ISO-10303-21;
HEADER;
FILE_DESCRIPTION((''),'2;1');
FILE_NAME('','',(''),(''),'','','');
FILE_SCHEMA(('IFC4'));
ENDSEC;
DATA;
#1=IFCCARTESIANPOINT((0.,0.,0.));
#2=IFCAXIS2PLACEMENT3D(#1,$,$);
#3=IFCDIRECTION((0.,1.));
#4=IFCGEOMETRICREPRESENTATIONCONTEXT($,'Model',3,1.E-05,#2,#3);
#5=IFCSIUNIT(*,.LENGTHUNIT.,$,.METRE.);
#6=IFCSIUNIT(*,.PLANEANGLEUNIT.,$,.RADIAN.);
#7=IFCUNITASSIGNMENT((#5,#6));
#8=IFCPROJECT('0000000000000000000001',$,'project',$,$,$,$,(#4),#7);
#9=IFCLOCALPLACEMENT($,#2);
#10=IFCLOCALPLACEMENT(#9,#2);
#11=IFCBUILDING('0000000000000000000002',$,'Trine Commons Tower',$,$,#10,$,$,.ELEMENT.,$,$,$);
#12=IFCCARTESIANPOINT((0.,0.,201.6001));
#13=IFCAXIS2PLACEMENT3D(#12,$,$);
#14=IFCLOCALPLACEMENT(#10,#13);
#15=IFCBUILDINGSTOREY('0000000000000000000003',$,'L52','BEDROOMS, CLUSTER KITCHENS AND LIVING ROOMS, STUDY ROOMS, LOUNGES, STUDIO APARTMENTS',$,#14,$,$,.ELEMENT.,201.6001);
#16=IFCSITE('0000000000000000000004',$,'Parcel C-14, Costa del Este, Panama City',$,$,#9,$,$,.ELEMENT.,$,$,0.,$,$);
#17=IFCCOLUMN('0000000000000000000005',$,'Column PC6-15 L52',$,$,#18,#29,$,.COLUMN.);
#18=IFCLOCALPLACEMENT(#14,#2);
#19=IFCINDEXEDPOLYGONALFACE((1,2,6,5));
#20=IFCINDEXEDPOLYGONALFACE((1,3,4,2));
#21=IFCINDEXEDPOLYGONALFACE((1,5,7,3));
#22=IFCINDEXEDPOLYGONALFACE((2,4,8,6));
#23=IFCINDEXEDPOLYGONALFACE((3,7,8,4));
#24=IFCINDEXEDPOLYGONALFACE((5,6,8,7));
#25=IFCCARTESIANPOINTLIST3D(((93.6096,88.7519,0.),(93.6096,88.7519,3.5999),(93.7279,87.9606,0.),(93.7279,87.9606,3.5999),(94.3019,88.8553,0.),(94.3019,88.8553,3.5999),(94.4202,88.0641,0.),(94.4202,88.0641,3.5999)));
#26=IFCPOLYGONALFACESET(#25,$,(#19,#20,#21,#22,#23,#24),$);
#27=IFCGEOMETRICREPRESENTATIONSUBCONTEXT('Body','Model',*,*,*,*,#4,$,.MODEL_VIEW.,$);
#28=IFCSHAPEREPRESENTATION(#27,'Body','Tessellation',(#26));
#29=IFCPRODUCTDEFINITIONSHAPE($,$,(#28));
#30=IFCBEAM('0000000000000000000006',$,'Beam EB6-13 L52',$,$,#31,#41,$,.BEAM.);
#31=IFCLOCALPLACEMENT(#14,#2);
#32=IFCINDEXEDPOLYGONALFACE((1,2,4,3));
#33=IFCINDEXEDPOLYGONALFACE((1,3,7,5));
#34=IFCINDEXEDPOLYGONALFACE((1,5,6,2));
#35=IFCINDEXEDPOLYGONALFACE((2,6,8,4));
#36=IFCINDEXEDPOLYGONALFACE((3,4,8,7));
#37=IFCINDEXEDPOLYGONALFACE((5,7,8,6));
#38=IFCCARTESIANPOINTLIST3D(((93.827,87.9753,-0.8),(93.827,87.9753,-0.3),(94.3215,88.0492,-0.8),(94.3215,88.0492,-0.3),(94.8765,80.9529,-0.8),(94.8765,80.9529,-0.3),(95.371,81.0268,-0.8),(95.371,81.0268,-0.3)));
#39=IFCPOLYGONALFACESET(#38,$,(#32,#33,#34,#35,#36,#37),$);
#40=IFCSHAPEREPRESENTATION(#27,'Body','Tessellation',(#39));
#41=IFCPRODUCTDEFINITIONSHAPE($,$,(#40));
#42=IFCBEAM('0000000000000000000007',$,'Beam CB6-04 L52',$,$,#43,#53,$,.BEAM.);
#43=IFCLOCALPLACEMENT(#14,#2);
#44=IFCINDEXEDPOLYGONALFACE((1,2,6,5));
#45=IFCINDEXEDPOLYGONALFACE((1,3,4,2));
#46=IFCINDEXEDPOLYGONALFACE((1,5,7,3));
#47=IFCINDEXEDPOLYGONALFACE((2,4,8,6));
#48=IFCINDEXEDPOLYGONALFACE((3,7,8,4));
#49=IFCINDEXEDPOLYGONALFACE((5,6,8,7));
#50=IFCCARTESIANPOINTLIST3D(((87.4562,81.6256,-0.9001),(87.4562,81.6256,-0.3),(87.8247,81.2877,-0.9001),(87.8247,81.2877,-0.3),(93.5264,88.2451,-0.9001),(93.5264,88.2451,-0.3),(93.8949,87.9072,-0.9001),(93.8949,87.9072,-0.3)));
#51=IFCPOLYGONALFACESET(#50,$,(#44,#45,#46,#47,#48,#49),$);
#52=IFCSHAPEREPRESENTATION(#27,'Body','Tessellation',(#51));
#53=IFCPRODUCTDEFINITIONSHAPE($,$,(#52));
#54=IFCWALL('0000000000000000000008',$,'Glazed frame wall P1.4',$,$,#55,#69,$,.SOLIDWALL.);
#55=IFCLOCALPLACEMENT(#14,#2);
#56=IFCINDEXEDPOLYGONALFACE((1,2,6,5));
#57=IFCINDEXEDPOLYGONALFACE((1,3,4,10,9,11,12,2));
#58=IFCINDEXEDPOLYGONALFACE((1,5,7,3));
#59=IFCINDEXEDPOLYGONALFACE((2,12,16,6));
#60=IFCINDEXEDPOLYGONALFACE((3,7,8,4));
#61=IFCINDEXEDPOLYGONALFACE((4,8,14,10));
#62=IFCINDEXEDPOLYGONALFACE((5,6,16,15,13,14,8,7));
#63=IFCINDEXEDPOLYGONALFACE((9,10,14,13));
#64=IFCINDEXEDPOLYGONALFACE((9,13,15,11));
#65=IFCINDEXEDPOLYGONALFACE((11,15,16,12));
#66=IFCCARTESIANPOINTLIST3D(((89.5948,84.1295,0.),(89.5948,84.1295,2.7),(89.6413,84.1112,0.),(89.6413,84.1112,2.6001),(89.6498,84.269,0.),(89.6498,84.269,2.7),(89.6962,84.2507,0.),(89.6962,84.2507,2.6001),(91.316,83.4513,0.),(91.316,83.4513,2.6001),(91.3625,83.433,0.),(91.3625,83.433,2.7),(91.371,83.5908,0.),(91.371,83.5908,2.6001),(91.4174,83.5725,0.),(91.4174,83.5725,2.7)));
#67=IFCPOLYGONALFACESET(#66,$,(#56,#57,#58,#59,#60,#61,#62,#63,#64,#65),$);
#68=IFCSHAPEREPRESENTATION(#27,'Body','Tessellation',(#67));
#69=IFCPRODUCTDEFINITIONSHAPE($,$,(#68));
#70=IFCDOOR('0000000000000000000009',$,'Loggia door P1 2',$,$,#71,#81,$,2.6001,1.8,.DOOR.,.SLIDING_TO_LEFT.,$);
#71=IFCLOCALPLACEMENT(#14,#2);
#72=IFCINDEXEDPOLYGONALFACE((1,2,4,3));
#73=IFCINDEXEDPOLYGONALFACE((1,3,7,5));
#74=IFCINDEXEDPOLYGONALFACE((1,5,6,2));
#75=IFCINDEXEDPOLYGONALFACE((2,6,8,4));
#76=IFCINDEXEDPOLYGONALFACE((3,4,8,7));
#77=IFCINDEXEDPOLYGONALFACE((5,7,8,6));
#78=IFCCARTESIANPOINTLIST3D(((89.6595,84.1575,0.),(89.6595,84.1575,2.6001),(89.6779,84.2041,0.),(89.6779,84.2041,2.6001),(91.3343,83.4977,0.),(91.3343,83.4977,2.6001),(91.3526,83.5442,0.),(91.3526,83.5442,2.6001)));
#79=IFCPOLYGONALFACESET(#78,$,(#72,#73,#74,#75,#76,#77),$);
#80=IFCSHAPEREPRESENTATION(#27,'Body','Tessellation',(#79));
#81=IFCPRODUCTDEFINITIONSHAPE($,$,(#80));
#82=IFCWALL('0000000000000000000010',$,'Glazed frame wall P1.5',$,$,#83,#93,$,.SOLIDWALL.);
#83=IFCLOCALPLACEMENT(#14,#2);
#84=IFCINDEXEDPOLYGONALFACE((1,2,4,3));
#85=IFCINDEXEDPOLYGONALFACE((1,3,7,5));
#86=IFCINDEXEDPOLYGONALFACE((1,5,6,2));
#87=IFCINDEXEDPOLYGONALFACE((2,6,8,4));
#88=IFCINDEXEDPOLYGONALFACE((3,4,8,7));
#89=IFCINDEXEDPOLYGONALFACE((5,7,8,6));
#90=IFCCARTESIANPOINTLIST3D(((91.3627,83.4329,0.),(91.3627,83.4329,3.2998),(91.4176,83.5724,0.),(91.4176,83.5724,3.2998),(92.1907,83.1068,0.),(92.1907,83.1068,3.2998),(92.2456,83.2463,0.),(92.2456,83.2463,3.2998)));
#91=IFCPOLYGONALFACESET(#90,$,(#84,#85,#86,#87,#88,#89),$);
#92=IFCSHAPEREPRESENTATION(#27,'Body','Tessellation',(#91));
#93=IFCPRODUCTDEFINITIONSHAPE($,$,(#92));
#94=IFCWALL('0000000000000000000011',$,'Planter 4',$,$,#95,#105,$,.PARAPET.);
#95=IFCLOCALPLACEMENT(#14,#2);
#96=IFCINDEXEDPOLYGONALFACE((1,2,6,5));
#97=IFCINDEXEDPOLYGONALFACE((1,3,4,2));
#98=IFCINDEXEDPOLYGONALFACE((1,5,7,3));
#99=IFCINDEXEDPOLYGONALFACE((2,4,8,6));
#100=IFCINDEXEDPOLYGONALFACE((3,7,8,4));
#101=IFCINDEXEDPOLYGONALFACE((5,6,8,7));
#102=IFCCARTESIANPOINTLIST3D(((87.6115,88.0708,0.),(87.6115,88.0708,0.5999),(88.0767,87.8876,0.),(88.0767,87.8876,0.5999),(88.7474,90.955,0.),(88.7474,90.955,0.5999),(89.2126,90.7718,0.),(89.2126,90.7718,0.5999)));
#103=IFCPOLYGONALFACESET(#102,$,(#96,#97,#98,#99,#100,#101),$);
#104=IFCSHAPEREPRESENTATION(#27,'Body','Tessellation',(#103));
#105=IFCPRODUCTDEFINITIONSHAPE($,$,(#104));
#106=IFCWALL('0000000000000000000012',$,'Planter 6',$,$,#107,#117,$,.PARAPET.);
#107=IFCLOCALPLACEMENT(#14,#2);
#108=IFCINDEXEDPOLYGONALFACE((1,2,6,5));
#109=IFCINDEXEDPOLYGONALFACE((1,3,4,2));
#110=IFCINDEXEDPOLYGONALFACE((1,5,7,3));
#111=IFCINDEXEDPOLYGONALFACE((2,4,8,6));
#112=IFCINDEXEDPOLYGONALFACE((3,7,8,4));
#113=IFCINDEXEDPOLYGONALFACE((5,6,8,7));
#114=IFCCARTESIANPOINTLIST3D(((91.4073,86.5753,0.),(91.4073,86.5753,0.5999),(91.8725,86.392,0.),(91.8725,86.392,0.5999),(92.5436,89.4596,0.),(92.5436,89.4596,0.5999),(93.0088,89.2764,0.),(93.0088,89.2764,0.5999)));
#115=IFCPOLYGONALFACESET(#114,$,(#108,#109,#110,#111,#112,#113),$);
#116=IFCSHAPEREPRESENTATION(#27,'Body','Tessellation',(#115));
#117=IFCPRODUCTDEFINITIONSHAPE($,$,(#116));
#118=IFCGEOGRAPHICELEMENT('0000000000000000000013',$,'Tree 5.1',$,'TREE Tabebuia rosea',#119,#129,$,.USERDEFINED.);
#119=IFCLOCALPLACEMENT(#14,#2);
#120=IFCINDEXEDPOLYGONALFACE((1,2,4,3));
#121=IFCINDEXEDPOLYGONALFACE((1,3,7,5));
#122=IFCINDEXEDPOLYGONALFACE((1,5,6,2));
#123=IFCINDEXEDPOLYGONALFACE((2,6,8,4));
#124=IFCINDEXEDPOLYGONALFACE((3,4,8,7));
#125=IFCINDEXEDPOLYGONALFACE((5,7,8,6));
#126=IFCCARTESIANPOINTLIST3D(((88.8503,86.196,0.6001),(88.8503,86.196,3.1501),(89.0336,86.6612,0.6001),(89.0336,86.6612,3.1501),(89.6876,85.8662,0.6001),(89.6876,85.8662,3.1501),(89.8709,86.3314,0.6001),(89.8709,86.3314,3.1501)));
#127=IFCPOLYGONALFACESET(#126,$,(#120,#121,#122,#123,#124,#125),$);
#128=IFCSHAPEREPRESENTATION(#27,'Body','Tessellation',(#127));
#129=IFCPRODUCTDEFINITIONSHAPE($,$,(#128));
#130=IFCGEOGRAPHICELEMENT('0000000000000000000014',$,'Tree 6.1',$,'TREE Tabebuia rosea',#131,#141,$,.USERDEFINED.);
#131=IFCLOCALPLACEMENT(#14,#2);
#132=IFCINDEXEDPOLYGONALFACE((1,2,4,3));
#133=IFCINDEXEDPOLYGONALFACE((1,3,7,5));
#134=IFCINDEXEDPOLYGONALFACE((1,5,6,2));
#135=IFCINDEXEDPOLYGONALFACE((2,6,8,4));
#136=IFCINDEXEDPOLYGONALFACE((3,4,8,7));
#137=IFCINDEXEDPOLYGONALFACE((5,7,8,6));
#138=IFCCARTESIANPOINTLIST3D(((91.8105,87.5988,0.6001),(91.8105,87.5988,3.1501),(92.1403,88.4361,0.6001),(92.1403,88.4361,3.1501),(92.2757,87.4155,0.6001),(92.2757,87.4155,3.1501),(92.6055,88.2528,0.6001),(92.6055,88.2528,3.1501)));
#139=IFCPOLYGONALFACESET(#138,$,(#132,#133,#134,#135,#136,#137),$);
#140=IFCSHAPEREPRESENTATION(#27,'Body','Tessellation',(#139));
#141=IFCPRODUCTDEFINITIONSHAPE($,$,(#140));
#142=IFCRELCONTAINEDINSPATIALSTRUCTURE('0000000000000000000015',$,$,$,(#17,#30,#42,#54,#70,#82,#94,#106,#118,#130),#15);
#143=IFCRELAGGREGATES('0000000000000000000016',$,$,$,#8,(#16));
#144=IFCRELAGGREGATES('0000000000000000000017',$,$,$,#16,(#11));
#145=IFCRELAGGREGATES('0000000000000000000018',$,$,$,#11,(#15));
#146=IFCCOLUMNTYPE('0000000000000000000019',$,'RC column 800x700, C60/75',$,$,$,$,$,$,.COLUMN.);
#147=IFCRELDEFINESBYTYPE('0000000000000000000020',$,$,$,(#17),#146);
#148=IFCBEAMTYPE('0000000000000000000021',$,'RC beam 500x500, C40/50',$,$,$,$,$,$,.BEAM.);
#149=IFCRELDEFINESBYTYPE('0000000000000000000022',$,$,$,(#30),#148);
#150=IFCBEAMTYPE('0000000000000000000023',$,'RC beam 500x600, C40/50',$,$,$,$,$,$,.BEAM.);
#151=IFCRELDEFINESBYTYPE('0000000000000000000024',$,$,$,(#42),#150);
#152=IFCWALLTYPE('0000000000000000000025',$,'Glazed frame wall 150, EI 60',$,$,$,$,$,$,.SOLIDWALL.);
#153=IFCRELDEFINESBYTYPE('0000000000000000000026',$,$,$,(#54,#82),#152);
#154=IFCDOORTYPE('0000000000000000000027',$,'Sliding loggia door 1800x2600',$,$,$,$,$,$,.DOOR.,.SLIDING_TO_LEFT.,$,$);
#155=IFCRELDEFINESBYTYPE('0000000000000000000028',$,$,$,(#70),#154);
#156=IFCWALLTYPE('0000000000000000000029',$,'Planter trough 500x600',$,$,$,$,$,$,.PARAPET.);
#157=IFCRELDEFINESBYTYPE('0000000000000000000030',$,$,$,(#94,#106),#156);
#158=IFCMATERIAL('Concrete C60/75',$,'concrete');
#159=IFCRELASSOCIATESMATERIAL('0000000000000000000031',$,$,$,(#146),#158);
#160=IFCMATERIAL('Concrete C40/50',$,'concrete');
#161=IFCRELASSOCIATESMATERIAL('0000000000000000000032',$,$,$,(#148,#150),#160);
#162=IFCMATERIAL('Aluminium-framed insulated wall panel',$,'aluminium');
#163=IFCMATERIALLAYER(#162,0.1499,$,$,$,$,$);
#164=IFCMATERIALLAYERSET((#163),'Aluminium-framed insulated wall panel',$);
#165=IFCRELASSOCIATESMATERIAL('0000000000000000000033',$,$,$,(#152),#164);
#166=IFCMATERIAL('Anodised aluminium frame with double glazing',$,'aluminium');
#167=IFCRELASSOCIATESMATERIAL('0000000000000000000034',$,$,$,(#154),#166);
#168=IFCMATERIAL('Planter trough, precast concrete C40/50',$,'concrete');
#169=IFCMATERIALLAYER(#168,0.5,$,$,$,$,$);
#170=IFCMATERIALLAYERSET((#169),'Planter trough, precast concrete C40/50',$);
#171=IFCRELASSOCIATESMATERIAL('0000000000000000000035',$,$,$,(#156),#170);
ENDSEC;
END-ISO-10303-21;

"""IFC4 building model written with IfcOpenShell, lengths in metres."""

from ifc_helpers import new_model, si_unit, direction, frame, frame_2d, origin, origin_2d, place, context, subcontext, project, spatial, polyline, rectangle, outline, extrude, material, layer, layer_set, material_profile, profile_set, type_object, element, fill, save


model = new_model("IFC4")

# Units and contexts
model_context = context("Model", 3, precision=1e-05, world=origin(), true_north=direction((0.0, 1.0)))
body_context = subcontext(model_context, "Body", "Model", "MODEL_VIEW")
ifc_project = project(units=[si_unit("LENGTHUNIT", "METRE"), si_unit("PLANEANGLEUNIT", "RADIAN")], contexts=[model_context])

# Site, building, storey
site_placement = place(None, origin())
site = spatial("IfcSite", under=ifc_project, at=site_placement, Name="Parcel C-14, Costa del Este, Panama City", CompositionType="ELEMENT", RefElevation=0.0)
building_placement = place(site_placement, origin())
building = spatial("IfcBuilding", under=site, at=building_placement, Name="Trine Commons Tower", CompositionType="ELEMENT")
storey_placement = place(building_placement, frame((0.0, 0.0, 201.6001)))
storey = spatial("IfcBuildingStorey", under=building, at=storey_placement, Name="L52", Description="BEDROOMS, CLUSTER KITCHENS AND LIVING ROOMS, STUDY ROOMS, LOUNGES, STUDIO APARTMENTS", CompositionType="ELEMENT", Elevation=201.6001)

# Column
ifc_material_1 = material(Name="Concrete C60/75", Category="concrete")
ifc_material_profile_1 = material_profile(ifc_material_1, rectangle(XDim=0.8, YDim=0.7, at=origin_2d()), Name="RC 800x700")
ifc_profile_set_1 = profile_set([ifc_material_profile_1], Name="Concrete C60/75")
column_type = type_object("IfcColumnType", Name="RC column 800x700, C60/75", PredefinedType="COLUMN", material=ifc_profile_set_1)
column_placement = place(storey_placement, frame((94.0149, 88.408, 0.0), z_axis=(0.0, 0.0, 1.0), x_axis=(-0.147809, 0.989016, 0.0)))
element("IfcColumn", 1, at=column_placement, inside=storey, type_object=column_type, Name="Column PC6-15 L52", PredefinedType="COLUMN", context=body_context, shape_type="SweptSolid", body=[
    extrude(rectangle(XDim=0.8, YDim=0.7, at=origin_2d()), origin(), (0.0, 0.0, 1.0), 3.5999),
])

# Beams
ifc_material_2 = material(Name="Concrete C40/50", Category="concrete")
ifc_material_profile_2 = material_profile(ifc_material_2, rectangle(XDim=0.5, YDim=0.5, at=origin_2d()), Name="RC 500x500")
ifc_profile_set_2 = profile_set([ifc_material_profile_2], Name="Concrete C40/50")
beam_type_1 = type_object("IfcBeamType", Name="RC beam 500x500, C40/50", PredefinedType="BEAM", material=ifc_profile_set_2)
beam_1_placement = place(storey_placement, frame((94.0742, 88.0122, -0.55), z_axis=(0.147816, -0.989015, 0.0), x_axis=(0.989015, 0.147816, 0.0)))
element("IfcBeam", 2, at=beam_1_placement, inside=storey, type_object=beam_type_1, Name="Beam EB6-13 L52", PredefinedType="BEAM", context=body_context, shape_type="SweptSolid", body=[
    extrude(rectangle(XDim=0.5, YDim=0.5, at=origin_2d()), origin(), (0.0, 0.0, 1.0), 7.1003),
])
ifc_material_profile_3 = material_profile(ifc_material_2, rectangle(XDim=0.5, YDim=0.6001, at=origin_2d()), Name="RC 500x600")
ifc_profile_set_3 = profile_set([ifc_material_profile_3], Name="Concrete C40/50")
beam_type_2 = type_object("IfcBeamType", Name="RC beam 500x600, C40/50", PredefinedType="BEAM", material=ifc_profile_set_3)
beam_2_placement = place(storey_placement, frame((93.7107, 88.0762, -0.6001), z_axis=(-0.675865, -0.737025, 0.0), x_axis=(0.737025, -0.675865, 0.0)))
element("IfcBeam", 3, at=beam_2_placement, inside=storey, type_object=beam_type_2, Name="Beam CB6-04 L52", PredefinedType="BEAM", context=body_context, shape_type="SweptSolid", body=[
    extrude(rectangle(XDim=0.5, YDim=0.6001, at=origin_2d()), origin(), (0.0, 0.0, 1.0), 8.9814),
])

# Wall, opening, door
ifc_material_3 = material(Name="Aluminium-framed insulated wall panel", Category="aluminium")
ifc_layer_1 = layer(ifc_material_3, 0.1499)
ifc_layer_set_1 = layer_set([ifc_layer_1], Name="Aluminium-framed insulated wall panel")
wall_type_1 = type_object("IfcWallType", Name="Glazed frame wall 150, EI 60", PredefinedType="SOLIDWALL", material=ifc_layer_set_1)
wall_1_placement = place(storey_placement, frame((89.6223, 84.1992, 0.0), z_axis=(0.0, 0.0, 1.0), x_axis=(0.930387, -0.366578, 0.0)))
wall_1 = element("IfcWall", 4, at=wall_1_placement, inside=storey, type_object=wall_type_1, Name="Glazed frame wall P1.4", PredefinedType="SOLIDWALL", context=body_context, shape_type="SweptSolid", body=[
    extrude(outline(polyline([(0.0, -0.075), (1.8999, -0.075), (1.8999, 0.075), (0.0, 0.075), (0.0, -0.075)])), origin(), (0.0, 0.0, 1.0), 2.7),
])
opening_1_placement = place(wall_1_placement, frame((0.05, 0.0, 0.0)))
opening_1 = element("IfcOpeningElement", 5, at=opening_1_placement, cuts=wall_1, PredefinedType="OPENING", context=body_context, shape_type="SweptSolid", body=[
    extrude(rectangle(XDim=1.8, YDim=2.6001, at=frame_2d((0.8999, 1.3))), frame((0.0, 0.085, 0.0), z_axis=(0.0, -1.0, 0.0), x_axis=(1.0, 0.0, 0.0)), (0.0, 0.0, 1.0), 0.1699),
])
ifc_material_4 = material(Name="Anodised aluminium frame with double glazing", Category="aluminium")
door_type = type_object("IfcDoorType", Name="Sliding loggia door 1800x2600", OperationType="SLIDING_TO_LEFT", PredefinedType="DOOR", material=ifc_material_4)
door_1_placement = place(opening_1_placement, origin())
door_1 = element("IfcDoor", 6, at=door_1_placement, inside=storey, type_object=door_type, Name="Loggia door P1 2", OperationType="SLIDING_TO_LEFT", OverallHeight=2.6001, OverallWidth=1.8, PredefinedType="DOOR", context=body_context, shape_type="SweptSolid", body=[
    extrude(rectangle(XDim=1.8, YDim=2.6001, at=frame_2d((0.8999, 1.3))), frame((0.0, 0.0249, 0.0), z_axis=(0.0, -1.0, 0.0), x_axis=(1.0, 0.0, 0.0)), (0.0, 0.0, 1.0), 0.05),
])
fill(opening_1, door_1)

# Wall
wall_2_placement = place(storey_placement, frame((91.3901, 83.5027, 0.0), z_axis=(0.0, 0.0, 1.0), x_axis=(0.930434, -0.36646, 0.0)))
element("IfcWall", 7, at=wall_2_placement, inside=storey, type_object=wall_type_1, Name="Glazed frame wall P1.5", PredefinedType="SOLIDWALL", context=body_context, shape_type="SweptSolid", body=[
    extrude(outline(polyline([(0.8899, 0.075), (0.0, 0.075), (0.0, -0.075), (0.8899, -0.075), (0.8899, 0.075)])), origin(), (0.0, 0.0, 1.0), 3.2998),
])

# Walls
ifc_material_5 = material(Name="Planter trough, precast concrete C40/50", Category="concrete")
ifc_layer_2 = layer(ifc_material_5, 0.5)
ifc_layer_set_2 = layer_set([ifc_layer_2], Name="Planter trough, precast concrete C40/50")
wall_type_2 = type_object("IfcWallType", Name="Planter trough 500x600", PredefinedType="PARAPET", material=ifc_layer_set_2)
wall_3_placement = place(storey_placement, frame((88.98, 90.8633, 0.0), z_axis=(0.0, 0.0, 1.0), x_axis=(-0.366456, -0.930435, 0.0)))
element("IfcWall", 8, at=wall_3_placement, inside=storey, type_object=wall_type_2, Name="Planter 4", PredefinedType="PARAPET", context=body_context, shape_type="SweptSolid", body=[
    extrude(rectangle(XDim=3.0999, YDim=0.5, at=frame_2d((1.5498, 0.0))), origin(), (0.0, 0.0, 1.0), 0.5999),
])
wall_4_placement = place(storey_placement, frame((91.6399, 86.4836, 0.0), z_axis=(0.0, 0.0, 1.0), x_axis=(0.366525, 0.930408, 0.0)))
element("IfcWall", 9, at=wall_4_placement, inside=storey, type_object=wall_type_2, Name="Planter 6", PredefinedType="PARAPET", context=body_context, shape_type="SweptSolid", body=[
    extrude(rectangle(XDim=3.1001, YDim=0.5, at=frame_2d((1.55, 0.0))), origin(), (0.0, 0.0, 1.0), 0.5999),
])

# Geographic elements
for number, where, z_axis, x_axis, name in (
    (10, (89.3606, 86.2637, 0.6001), (0.0, 0.0, 1.0), (0.930417, -0.366503, 0.0), "Tree 5.1"),
    (11, (92.208, 87.9258, 0.6001), (0.0, 0.0, 1.0), (0.366521, 0.93041, 0.0), "Tree 6.1"),
):
    element("IfcGeographicElement", number, at=place(storey_placement, frame(where, z_axis=z_axis, x_axis=x_axis)), inside=storey, Name=name, ObjectType="TREE Tabebuia rosea", PredefinedType="USERDEFINED", context=body_context, shape_type="SweptSolid", body=[
        extrude(rectangle(XDim=0.8999, YDim=0.5, at=origin_2d()), origin(), (0.0, 0.0, 1.0), 2.55),
    ])

save(model, "model.ifc")
